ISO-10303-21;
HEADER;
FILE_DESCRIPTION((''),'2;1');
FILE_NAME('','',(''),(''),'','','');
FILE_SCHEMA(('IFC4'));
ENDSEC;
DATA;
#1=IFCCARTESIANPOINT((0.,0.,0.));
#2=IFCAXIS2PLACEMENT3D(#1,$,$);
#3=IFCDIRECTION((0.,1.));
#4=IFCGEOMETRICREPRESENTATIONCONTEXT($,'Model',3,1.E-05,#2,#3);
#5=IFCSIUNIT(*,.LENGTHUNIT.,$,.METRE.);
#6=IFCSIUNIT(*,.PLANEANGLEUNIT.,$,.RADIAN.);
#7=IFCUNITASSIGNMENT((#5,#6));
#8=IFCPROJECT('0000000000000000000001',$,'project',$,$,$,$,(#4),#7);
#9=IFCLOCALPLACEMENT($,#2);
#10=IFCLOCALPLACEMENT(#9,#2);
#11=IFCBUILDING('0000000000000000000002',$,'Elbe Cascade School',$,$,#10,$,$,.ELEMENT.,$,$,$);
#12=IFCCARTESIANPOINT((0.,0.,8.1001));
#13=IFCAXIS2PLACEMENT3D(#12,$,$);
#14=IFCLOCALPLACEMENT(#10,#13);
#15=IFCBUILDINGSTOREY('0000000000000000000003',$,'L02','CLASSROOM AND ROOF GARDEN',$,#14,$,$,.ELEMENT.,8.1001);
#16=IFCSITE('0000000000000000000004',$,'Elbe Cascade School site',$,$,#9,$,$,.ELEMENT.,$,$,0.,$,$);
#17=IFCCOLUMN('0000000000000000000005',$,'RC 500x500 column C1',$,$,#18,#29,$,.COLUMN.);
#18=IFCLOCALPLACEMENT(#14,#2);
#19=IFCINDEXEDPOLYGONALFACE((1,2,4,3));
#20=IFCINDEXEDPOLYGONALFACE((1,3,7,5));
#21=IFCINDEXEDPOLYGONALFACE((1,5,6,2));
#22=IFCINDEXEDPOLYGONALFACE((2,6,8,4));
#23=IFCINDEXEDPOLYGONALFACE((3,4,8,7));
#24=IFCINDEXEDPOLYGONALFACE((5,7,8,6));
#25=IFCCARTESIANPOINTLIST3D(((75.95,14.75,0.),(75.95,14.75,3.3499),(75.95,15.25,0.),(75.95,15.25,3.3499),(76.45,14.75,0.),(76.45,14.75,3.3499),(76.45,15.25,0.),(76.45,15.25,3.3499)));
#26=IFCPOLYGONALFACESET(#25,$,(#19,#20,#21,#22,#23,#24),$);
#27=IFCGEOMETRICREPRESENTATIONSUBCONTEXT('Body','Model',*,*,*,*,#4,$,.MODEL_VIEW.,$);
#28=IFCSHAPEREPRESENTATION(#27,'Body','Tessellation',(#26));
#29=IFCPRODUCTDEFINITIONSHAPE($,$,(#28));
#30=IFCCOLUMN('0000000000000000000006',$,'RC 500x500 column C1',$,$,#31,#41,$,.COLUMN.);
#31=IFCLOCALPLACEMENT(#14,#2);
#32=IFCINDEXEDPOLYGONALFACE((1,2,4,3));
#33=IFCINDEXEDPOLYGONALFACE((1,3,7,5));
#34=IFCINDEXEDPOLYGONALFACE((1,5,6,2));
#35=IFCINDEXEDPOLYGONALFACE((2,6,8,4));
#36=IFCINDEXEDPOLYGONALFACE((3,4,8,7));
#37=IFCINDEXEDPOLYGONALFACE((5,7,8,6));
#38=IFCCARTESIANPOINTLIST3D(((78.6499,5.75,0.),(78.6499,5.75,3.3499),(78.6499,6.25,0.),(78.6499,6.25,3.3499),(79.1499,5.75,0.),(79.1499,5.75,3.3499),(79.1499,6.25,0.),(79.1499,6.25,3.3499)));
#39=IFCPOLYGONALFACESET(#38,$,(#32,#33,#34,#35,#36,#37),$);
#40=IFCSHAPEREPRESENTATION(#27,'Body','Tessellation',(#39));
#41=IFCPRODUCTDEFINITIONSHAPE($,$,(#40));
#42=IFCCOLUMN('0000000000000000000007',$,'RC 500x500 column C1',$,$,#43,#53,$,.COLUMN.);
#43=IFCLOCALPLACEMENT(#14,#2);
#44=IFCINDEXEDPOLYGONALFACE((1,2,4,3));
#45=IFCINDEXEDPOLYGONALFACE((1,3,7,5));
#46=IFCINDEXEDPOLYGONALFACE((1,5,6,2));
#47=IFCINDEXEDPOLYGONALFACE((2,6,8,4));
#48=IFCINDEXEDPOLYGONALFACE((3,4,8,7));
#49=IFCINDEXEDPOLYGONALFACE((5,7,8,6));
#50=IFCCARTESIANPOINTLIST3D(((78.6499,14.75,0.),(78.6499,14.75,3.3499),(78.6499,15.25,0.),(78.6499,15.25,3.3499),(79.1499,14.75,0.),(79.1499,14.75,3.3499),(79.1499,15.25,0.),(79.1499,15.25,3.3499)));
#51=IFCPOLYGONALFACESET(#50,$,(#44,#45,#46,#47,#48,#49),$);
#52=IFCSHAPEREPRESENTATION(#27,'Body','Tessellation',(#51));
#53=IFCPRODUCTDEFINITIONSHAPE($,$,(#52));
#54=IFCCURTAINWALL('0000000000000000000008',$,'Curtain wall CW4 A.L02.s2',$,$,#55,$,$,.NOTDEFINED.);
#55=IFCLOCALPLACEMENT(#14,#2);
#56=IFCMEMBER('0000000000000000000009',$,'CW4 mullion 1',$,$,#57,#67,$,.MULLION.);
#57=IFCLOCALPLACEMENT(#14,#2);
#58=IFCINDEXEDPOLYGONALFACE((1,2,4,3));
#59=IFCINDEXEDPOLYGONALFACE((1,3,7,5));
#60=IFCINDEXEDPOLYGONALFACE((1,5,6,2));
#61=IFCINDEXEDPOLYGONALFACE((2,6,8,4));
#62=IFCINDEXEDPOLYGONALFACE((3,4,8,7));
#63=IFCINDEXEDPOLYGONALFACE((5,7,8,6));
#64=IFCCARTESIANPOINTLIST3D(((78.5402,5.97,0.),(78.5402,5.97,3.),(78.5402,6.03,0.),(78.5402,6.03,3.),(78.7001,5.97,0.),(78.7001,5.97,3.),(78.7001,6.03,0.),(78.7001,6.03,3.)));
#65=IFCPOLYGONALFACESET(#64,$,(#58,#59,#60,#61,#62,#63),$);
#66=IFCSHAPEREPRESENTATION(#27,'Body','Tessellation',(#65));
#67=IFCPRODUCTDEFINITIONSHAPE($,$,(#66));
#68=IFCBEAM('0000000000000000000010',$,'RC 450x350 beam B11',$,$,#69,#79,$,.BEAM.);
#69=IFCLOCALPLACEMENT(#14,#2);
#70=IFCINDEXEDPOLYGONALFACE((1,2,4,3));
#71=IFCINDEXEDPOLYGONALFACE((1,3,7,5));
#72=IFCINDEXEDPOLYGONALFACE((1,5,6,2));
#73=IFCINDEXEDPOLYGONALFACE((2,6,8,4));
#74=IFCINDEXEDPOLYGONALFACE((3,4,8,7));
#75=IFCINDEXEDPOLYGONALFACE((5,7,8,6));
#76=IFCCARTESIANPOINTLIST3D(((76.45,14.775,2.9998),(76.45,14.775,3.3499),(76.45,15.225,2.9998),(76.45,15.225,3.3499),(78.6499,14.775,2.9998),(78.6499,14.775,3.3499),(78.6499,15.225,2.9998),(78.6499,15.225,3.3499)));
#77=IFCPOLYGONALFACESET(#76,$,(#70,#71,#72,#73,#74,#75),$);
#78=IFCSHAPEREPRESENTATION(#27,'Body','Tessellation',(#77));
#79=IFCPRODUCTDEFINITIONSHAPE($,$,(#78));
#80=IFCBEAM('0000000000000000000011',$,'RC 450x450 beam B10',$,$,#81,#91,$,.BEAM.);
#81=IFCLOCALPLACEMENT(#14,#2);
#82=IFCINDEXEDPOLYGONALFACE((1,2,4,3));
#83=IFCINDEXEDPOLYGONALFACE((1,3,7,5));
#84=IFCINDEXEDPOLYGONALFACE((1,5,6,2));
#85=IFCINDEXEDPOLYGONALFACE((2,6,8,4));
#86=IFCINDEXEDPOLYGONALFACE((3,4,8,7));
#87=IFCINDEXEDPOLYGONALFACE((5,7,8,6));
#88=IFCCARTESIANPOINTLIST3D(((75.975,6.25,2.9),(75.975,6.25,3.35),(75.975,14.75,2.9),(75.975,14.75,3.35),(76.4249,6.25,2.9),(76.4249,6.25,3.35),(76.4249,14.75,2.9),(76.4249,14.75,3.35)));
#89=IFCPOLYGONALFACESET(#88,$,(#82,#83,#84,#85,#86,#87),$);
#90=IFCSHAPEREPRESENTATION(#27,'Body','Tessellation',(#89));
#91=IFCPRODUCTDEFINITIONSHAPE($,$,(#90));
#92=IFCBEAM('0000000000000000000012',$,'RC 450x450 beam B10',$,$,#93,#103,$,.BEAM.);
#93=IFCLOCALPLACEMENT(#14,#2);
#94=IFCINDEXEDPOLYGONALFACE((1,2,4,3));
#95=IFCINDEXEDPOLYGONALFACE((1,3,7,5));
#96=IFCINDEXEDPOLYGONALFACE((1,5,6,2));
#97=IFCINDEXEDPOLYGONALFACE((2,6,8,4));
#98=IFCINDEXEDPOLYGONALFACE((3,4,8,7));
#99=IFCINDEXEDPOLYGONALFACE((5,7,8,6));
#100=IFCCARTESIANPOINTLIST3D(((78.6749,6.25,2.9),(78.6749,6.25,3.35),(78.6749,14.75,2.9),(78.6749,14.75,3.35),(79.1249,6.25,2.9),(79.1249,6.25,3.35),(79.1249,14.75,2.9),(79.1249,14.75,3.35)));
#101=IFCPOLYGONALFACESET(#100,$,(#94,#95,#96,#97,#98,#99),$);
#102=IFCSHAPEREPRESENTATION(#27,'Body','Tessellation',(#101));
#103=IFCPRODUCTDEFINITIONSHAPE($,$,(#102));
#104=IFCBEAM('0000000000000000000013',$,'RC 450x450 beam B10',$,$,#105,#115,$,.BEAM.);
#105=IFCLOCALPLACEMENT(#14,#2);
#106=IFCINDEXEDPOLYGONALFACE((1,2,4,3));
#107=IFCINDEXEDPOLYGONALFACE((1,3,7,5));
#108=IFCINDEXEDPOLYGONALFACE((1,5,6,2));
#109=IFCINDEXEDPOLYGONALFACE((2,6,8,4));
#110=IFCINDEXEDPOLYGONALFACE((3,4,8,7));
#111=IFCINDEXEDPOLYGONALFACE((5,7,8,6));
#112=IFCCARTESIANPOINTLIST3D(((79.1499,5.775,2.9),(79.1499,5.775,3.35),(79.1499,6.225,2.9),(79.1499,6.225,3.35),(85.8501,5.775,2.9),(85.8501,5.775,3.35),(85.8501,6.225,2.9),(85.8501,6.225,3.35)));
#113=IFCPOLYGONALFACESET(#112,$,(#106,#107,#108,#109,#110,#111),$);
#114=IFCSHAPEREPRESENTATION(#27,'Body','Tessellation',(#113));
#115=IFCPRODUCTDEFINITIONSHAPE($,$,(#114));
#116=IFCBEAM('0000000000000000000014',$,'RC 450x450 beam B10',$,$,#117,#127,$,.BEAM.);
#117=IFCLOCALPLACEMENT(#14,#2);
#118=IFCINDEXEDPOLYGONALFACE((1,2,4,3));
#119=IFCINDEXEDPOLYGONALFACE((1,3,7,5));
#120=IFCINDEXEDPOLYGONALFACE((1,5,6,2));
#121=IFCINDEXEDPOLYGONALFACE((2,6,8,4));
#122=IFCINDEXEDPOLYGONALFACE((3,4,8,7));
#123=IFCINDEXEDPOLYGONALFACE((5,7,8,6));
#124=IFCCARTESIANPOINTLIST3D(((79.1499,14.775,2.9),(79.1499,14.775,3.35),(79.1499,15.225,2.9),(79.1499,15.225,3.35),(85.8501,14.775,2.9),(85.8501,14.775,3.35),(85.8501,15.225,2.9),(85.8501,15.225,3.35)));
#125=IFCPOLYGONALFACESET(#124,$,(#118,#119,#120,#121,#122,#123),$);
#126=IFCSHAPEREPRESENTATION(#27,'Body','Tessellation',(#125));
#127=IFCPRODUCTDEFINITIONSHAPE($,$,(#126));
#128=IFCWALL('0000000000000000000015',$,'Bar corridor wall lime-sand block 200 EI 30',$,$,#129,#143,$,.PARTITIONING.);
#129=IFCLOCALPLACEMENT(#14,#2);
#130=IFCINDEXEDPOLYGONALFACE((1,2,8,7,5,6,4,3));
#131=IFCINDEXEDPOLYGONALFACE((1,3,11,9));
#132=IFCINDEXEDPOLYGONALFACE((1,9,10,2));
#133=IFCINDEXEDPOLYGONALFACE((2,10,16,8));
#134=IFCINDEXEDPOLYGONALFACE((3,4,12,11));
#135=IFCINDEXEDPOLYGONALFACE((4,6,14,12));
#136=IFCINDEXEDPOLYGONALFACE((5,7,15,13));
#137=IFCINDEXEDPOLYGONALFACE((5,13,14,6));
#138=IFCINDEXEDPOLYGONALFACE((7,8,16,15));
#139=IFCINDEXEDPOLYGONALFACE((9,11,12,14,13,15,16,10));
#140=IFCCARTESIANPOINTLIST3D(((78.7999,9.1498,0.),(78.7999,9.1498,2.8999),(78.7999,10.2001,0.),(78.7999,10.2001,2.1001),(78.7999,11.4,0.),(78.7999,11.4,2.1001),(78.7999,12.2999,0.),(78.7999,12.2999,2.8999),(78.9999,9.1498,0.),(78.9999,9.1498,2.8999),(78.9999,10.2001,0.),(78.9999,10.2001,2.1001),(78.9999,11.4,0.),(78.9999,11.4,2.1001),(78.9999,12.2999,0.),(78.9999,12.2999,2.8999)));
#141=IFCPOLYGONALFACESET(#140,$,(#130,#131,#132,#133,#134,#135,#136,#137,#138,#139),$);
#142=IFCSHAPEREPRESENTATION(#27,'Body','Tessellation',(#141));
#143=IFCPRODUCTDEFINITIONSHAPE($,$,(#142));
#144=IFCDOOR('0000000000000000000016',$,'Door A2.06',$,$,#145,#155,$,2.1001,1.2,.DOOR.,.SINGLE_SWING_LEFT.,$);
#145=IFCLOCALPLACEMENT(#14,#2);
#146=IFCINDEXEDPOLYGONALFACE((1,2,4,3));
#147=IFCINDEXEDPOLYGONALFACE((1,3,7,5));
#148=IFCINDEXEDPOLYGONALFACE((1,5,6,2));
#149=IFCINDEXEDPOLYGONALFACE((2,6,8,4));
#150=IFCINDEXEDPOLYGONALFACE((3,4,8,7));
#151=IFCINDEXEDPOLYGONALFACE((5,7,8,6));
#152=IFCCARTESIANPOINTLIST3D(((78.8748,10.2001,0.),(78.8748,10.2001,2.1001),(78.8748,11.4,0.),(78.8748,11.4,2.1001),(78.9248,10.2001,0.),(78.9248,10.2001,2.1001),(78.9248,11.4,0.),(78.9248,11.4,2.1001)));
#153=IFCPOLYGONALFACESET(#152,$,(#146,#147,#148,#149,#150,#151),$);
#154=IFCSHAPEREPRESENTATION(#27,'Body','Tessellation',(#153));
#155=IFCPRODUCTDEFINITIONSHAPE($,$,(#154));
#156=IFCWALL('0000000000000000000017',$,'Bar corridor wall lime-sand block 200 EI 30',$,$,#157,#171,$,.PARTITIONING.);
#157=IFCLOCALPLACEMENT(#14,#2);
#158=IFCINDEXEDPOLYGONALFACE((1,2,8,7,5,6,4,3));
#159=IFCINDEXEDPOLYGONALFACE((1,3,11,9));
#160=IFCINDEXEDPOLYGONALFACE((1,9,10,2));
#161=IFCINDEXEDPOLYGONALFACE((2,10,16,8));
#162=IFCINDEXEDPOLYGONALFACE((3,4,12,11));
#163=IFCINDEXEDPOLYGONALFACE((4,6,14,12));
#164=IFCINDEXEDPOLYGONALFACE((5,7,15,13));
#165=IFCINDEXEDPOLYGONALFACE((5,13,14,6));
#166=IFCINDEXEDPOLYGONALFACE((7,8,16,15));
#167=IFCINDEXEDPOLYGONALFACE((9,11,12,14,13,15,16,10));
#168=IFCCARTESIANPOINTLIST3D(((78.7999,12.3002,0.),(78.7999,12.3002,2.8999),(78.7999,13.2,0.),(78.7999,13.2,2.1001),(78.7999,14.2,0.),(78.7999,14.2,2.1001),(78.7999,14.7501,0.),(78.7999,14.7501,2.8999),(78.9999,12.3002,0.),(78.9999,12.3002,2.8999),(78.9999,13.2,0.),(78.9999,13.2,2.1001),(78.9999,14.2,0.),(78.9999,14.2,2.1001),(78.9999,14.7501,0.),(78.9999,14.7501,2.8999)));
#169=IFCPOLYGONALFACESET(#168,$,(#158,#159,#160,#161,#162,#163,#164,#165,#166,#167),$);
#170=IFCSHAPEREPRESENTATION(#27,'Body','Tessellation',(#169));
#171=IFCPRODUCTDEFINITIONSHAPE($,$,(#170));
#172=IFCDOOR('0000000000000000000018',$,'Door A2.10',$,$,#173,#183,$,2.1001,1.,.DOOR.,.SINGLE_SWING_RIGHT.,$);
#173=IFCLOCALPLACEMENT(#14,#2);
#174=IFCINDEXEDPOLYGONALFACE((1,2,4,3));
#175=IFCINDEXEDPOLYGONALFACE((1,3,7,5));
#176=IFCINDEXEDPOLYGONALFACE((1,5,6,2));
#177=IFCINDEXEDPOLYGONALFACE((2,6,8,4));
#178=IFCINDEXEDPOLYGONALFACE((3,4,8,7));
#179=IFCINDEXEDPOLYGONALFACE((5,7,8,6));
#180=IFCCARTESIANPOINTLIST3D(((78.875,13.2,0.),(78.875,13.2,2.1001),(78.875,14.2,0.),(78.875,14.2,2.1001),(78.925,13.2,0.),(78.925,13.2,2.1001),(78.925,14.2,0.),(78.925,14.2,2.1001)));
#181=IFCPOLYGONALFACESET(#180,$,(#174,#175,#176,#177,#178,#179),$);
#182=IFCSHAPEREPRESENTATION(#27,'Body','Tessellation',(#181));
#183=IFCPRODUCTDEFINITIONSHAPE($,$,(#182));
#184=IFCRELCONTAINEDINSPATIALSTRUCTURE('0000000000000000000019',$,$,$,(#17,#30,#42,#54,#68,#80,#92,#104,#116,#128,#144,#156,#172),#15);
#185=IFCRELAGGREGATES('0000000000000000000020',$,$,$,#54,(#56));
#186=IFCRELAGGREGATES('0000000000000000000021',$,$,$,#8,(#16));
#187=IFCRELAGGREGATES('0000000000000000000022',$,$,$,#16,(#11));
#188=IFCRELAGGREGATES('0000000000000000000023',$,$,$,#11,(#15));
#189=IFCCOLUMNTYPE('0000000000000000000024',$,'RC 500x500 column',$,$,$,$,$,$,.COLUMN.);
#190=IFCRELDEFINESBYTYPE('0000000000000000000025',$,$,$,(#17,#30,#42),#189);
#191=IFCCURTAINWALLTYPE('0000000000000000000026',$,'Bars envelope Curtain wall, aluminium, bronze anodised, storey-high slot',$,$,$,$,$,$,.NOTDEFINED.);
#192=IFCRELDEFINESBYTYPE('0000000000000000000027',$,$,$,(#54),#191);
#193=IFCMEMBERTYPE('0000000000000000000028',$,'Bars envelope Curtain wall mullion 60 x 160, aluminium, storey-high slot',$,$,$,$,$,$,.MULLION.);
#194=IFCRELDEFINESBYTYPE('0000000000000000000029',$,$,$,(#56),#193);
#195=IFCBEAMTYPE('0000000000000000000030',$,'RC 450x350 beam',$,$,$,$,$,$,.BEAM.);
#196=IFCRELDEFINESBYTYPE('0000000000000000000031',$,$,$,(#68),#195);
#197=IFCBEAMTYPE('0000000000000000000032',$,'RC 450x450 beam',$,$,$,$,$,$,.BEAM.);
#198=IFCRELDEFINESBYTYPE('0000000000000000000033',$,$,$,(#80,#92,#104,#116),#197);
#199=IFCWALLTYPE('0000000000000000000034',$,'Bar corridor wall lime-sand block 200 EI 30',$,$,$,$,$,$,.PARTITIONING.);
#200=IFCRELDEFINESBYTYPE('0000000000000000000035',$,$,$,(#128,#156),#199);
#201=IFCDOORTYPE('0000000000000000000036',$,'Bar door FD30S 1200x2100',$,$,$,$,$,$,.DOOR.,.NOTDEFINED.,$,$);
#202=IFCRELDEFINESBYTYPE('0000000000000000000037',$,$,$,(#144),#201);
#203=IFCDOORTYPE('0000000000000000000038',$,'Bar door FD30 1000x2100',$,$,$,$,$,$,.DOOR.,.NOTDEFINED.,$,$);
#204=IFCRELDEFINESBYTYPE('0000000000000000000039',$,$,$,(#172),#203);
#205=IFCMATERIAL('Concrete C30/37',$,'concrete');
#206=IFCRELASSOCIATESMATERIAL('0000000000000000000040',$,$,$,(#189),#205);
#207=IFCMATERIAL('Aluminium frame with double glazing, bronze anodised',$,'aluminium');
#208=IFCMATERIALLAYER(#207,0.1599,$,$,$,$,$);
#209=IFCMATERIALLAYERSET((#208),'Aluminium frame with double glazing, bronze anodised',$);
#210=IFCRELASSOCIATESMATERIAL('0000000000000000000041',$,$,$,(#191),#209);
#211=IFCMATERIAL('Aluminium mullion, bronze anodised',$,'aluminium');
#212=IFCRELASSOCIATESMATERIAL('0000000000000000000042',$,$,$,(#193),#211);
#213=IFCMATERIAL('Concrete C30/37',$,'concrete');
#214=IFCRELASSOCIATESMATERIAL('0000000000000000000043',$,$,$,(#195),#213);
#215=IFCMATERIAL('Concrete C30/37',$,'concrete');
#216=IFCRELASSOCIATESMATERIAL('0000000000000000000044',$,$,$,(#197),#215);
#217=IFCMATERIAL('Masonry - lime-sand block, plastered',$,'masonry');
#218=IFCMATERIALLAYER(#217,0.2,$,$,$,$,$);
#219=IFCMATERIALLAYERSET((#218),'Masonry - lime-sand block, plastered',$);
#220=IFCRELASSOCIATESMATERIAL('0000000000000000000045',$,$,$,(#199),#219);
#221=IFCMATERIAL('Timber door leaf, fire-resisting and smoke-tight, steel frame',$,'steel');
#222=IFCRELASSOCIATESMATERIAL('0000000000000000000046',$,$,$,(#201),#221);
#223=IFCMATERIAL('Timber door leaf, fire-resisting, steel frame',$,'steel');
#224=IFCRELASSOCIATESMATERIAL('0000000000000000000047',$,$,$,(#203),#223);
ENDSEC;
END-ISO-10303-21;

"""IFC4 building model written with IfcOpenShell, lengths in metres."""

from ifc_helpers import new_model, si_unit, direction, frame, frame_2d, origin, origin_2d, place, context, subcontext, project, spatial, rectangle, extrude, material, layer, layer_set, material_profile, profile_set, type_object, element, fill, aggregate, save


model = new_model("IFC4")

# Units and contexts
model_context = context("Model", 3, precision=1e-05, world=origin(), true_north=direction((0.0, 1.0)))
body_context = subcontext(model_context, "Body", "Model", "MODEL_VIEW")
ifc_project = project(units=[si_unit("LENGTHUNIT", "METRE"), si_unit("PLANEANGLEUNIT", "RADIAN")], contexts=[model_context])

# Site, building, storey
site_placement = place(None, origin())
site = spatial("IfcSite", under=ifc_project, at=site_placement, Name="Elbe Cascade School site", CompositionType="ELEMENT", RefElevation=0.0)
building_placement = place(site_placement, origin())
building = spatial("IfcBuilding", under=site, at=building_placement, Name="Elbe Cascade School", CompositionType="ELEMENT")
storey_placement = place(building_placement, frame((0.0, 0.0, 8.1001)))
storey = spatial("IfcBuildingStorey", under=building, at=storey_placement, Name="L02", Description="CLASSROOM AND ROOF GARDEN", CompositionType="ELEMENT", Elevation=8.1001)

# Columns
ifc_material_1 = material(Name="Concrete C30/37", Category="concrete")
ifc_material_profile_1 = material_profile(ifc_material_1, rectangle(XDim=0.5, YDim=0.5, at=origin_2d()), Name="RC 500x500")
ifc_profile_set_1 = profile_set([ifc_material_profile_1], Name="Concrete C30/37")
column_type = type_object("IfcColumnType", Name="RC 500x500 column", PredefinedType="COLUMN", material=ifc_profile_set_1)
for number, where, z_axis, x_axis, name in (
    (1, (76.2, 15.0, 0.0), (0.0, 0.0, 1.0), (1.0, 0.0, 0.0), "RC 500x500 column C1"),
    (2, (78.8999, 6.0, 0.0), (0.0, 0.0, 1.0), (1.0, 0.0, 0.0), "RC 500x500 column C1"),
    (3, (78.8999, 15.0, 0.0), (0.0, 0.0, 1.0), (1.0, 0.0, 0.0), "RC 500x500 column C1"),
):
    element("IfcColumn", number, at=place(storey_placement, frame(where, z_axis=z_axis, x_axis=x_axis)), inside=storey, type_object=column_type, Name=name, PredefinedType="COLUMN", context=body_context, shape_type="SweptSolid", body=[
        extrude(rectangle(XDim=0.5, YDim=0.5, at=origin_2d()), origin(), (0.0, 0.0, 1.0), 3.3499),
    ])

# Curtain wall, member
ifc_material_2 = material(Name="Aluminium frame with double glazing, bronze anodised", Category="aluminium")
ifc_layer_1 = layer(ifc_material_2, 0.1599)
ifc_layer_set_1 = layer_set([ifc_layer_1], Name="Aluminium frame with double glazing, bronze anodised")
curtain_wall_type = type_object("IfcCurtainWallType", Name="Bars envelope Curtain wall, aluminium, bronze anodised, storey-high slot", PredefinedType="NOTDEFINED", material=ifc_layer_set_1)
curtain_wall_placement = place(storey_placement, origin())
curtain_wall = element("IfcCurtainWall", 4, at=curtain_wall_placement, inside=storey, type_object=curtain_wall_type, Name="Curtain wall CW4 A.L02.s2", PredefinedType="NOTDEFINED")
ifc_material_3 = material(Name="Aluminium mullion, bronze anodised", Category="aluminium")
ifc_material_profile_2 = material_profile(ifc_material_3, rectangle(XDim=0.0601, YDim=0.1599, at=origin_2d()), Name="Bars envelope Curtain wall mullion 60 x 160, aluminium, storey-high slot")
ifc_profile_set_2 = profile_set([ifc_material_profile_2], Name="Aluminium mullion, bronze anodised")
member_type = type_object("IfcMemberType", Name="Bars envelope Curtain wall mullion 60 x 160, aluminium, storey-high slot", PredefinedType="MULLION", material=ifc_profile_set_2)
member_placement = place(storey_placement, frame((78.6201, 6.0, 0.0), z_axis=(0.0, 0.0, 1.0), x_axis=(0.0, -1.0, 0.0)))
member = element("IfcMember", 5, at=member_placement, type_object=member_type, Name="CW4 mullion 1", PredefinedType="MULLION", context=body_context, shape_type="SweptSolid", body=[
    extrude(rectangle(XDim=0.0601, YDim=0.1599, at=origin_2d()), origin(), (0.0, 0.0, 1.0), 3.0),
])
aggregate(curtain_wall, [member])

# Beams
ifc_material_4 = material(Name="Concrete C30/37", Category="concrete")
ifc_material_profile_3 = material_profile(ifc_material_4, rectangle(XDim=0.45, YDim=0.3501, at=origin_2d()), Name="RC 450x350")
ifc_profile_set_3 = profile_set([ifc_material_profile_3], Name="Concrete C30/37")
beam_type_1 = type_object("IfcBeamType", Name="RC 450x350 beam", PredefinedType="BEAM", material=ifc_profile_set_3)
beam_placement = place(storey_placement, frame((76.45, 15.0, 3.1748), z_axis=(1.0, 0.0, 0.0), x_axis=(0.0, 1.0, 0.0)))
element("IfcBeam", 6, at=beam_placement, inside=storey, type_object=beam_type_1, Name="RC 450x350 beam B11", PredefinedType="BEAM", context=body_context, shape_type="SweptSolid", body=[
    extrude(rectangle(XDim=0.45, YDim=0.3501, at=origin_2d()), origin(), (0.0, 0.0, 1.0), 2.2),
])
ifc_material_5 = material(Name="Concrete C30/37", Category="concrete")
ifc_material_profile_4 = material_profile(ifc_material_5, rectangle(XDim=0.45, YDim=0.45, at=origin_2d()), Name="RC 450x450")
ifc_profile_set_4 = profile_set([ifc_material_profile_4], Name="Concrete C30/37")
beam_type_2 = type_object("IfcBeamType", Name="RC 450x450 beam", PredefinedType="BEAM", material=ifc_profile_set_4)
for number, where, z_axis, x_axis, name in (
    (7, (76.2, 6.25, 3.125), (0.0, 1.0, 0.0), (-1.0, 0.0, 0.0), "RC 450x450 beam B10"),
    (8, (78.8999, 6.25, 3.125), (0.0, 1.0, 0.0), (-1.0, 0.0, 0.0), "RC 450x450 beam B10"),
):
    element("IfcBeam", number, at=place(storey_placement, frame(where, z_axis=z_axis, x_axis=x_axis)), inside=storey, type_object=beam_type_2, Name=name, PredefinedType="BEAM", context=body_context, shape_type="SweptSolid", body=[
        extrude(rectangle(XDim=0.45, YDim=0.45, at=origin_2d()), origin(), (0.0, 0.0, 1.0), 8.5),
    ])
for number, where, z_axis, x_axis, name in (
    (9, (79.1499, 6.0, 3.125), (1.0, 0.0, 0.0), (0.0, 1.0, 0.0), "RC 450x450 beam B10"),
    (10, (79.1499, 15.0, 3.125), (1.0, 0.0, 0.0), (0.0, 1.0, 0.0), "RC 450x450 beam B10"),
):
    element("IfcBeam", number, at=place(storey_placement, frame(where, z_axis=z_axis, x_axis=x_axis)), inside=storey, type_object=beam_type_2, Name=name, PredefinedType="BEAM", context=body_context, shape_type="SweptSolid", body=[
        extrude(rectangle(XDim=0.45, YDim=0.45, at=origin_2d()), origin(), (0.0, 0.0, 1.0), 6.7002),
    ])

# Walls, openings, doors
ifc_material_6 = material(Name="Masonry - lime-sand block, plastered", Category="masonry")
ifc_layer_2 = layer(ifc_material_6, 0.2)
ifc_layer_set_2 = layer_set([ifc_layer_2], Name="Masonry - lime-sand block, plastered")
wall_type_1 = type_object("IfcWallType", Name="Bar corridor wall lime-sand block 200 EI 30", PredefinedType="PARTITIONING", material=ifc_layer_set_2)
wall_1_placement = place(storey_placement, frame((78.8999, 12.3, 0.0), z_axis=(0.0, 0.0, 1.0), x_axis=(0.0, -1.0, 0.0)))
wall_1 = element("IfcWall", 11, at=wall_1_placement, inside=storey, type_object=wall_type_1, Name="Bar corridor wall lime-sand block 200 EI 30", PredefinedType="PARTITIONING", context=body_context, shape_type="SweptSolid", body=[
    extrude(rectangle(XDim=3.1501, YDim=0.2, at=frame_2d((1.5752, 0.0))), origin(), (0.0, 0.0, 1.0), 2.8999),
])
opening_1_placement = place(wall_1_placement, frame((0.8999, 0.0, 0.0)))
opening_1 = element("IfcOpeningElement", 12, at=opening_1_placement, cuts=wall_1, PredefinedType="OPENING", context=body_context, shape_type="SweptSolid", body=[
    extrude(rectangle(XDim=1.2, YDim=2.1001, at=frame_2d((0.6001, 1.05))), frame((0.0, 0.1099, 0.0), z_axis=(0.0, -1.0, 0.0), x_axis=(1.0, 0.0, 0.0)), (0.0, 0.0, 1.0), 0.22),
])
ifc_material_7 = material(Name="Timber door leaf, fire-resisting and smoke-tight, steel frame", Category="steel")
door_type_1 = type_object("IfcDoorType", Name="Bar door FD30S 1200x2100", OperationType="NOTDEFINED", PredefinedType="DOOR", material=ifc_material_7)
door_1_placement = place(opening_1_placement, origin())
door_1 = element("IfcDoor", 13, at=door_1_placement, inside=storey, type_object=door_type_1, Name="Door A2.06", OperationType="SINGLE_SWING_LEFT", OverallHeight=2.1001, OverallWidth=1.2, PredefinedType="DOOR", context=body_context, shape_type="SweptSolid", body=[
    extrude(rectangle(XDim=1.2, YDim=2.1001, at=frame_2d((0.6001, 1.05))), frame((0.0, 0.0249, 0.0), z_axis=(0.0, -1.0, 0.0), x_axis=(1.0, 0.0, 0.0)), (0.0, 0.0, 1.0), 0.05),
])
fill(opening_1, door_1)
wall_2_placement = place(storey_placement, frame((78.8999, 12.3, 0.0), z_axis=(0.0, 0.0, 1.0), x_axis=(0.0, 1.0, 0.0)))
wall_2 = element("IfcWall", 14, at=wall_2_placement, inside=storey, type_object=wall_type_1, Name="Bar corridor wall lime-sand block 200 EI 30", PredefinedType="PARTITIONING", context=body_context, shape_type="SweptSolid", body=[
    extrude(rectangle(XDim=2.45, YDim=0.2, at=frame_2d((1.2251, 0.0))), origin(), (0.0, 0.0, 1.0), 2.8999),
])
opening_2_placement = place(wall_2_placement, frame((0.8999, 0.0, 0.0)))
opening_2 = element("IfcOpeningElement", 15, at=opening_2_placement, cuts=wall_2, PredefinedType="OPENING", context=body_context, shape_type="SweptSolid", body=[
    extrude(rectangle(XDim=1.0, YDim=2.1001, at=frame_2d((0.5, 1.05))), frame((0.0, 0.1099, 0.0), z_axis=(0.0, -1.0, 0.0), x_axis=(1.0, 0.0, 0.0)), (0.0, 0.0, 1.0), 0.22),
])
ifc_material_8 = material(Name="Timber door leaf, fire-resisting, steel frame", Category="steel")
door_type_2 = type_object("IfcDoorType", Name="Bar door FD30 1000x2100", OperationType="NOTDEFINED", PredefinedType="DOOR", material=ifc_material_8)
door_2_placement = place(opening_2_placement, origin())
door_2 = element("IfcDoor", 16, at=door_2_placement, inside=storey, type_object=door_type_2, Name="Door A2.10", OperationType="SINGLE_SWING_RIGHT", OverallHeight=2.1001, OverallWidth=1.0, PredefinedType="DOOR", context=body_context, shape_type="SweptSolid", body=[
    extrude(rectangle(XDim=1.0, YDim=2.1001, at=frame_2d((0.5, 1.05))), frame((0.0, 0.0249, 0.0), z_axis=(0.0, -1.0, 0.0), x_axis=(1.0, 0.0, 0.0)), (0.0, 0.0, 1.0), 0.05),
])
fill(opening_2, door_2)

save(model, "model.ifc")
